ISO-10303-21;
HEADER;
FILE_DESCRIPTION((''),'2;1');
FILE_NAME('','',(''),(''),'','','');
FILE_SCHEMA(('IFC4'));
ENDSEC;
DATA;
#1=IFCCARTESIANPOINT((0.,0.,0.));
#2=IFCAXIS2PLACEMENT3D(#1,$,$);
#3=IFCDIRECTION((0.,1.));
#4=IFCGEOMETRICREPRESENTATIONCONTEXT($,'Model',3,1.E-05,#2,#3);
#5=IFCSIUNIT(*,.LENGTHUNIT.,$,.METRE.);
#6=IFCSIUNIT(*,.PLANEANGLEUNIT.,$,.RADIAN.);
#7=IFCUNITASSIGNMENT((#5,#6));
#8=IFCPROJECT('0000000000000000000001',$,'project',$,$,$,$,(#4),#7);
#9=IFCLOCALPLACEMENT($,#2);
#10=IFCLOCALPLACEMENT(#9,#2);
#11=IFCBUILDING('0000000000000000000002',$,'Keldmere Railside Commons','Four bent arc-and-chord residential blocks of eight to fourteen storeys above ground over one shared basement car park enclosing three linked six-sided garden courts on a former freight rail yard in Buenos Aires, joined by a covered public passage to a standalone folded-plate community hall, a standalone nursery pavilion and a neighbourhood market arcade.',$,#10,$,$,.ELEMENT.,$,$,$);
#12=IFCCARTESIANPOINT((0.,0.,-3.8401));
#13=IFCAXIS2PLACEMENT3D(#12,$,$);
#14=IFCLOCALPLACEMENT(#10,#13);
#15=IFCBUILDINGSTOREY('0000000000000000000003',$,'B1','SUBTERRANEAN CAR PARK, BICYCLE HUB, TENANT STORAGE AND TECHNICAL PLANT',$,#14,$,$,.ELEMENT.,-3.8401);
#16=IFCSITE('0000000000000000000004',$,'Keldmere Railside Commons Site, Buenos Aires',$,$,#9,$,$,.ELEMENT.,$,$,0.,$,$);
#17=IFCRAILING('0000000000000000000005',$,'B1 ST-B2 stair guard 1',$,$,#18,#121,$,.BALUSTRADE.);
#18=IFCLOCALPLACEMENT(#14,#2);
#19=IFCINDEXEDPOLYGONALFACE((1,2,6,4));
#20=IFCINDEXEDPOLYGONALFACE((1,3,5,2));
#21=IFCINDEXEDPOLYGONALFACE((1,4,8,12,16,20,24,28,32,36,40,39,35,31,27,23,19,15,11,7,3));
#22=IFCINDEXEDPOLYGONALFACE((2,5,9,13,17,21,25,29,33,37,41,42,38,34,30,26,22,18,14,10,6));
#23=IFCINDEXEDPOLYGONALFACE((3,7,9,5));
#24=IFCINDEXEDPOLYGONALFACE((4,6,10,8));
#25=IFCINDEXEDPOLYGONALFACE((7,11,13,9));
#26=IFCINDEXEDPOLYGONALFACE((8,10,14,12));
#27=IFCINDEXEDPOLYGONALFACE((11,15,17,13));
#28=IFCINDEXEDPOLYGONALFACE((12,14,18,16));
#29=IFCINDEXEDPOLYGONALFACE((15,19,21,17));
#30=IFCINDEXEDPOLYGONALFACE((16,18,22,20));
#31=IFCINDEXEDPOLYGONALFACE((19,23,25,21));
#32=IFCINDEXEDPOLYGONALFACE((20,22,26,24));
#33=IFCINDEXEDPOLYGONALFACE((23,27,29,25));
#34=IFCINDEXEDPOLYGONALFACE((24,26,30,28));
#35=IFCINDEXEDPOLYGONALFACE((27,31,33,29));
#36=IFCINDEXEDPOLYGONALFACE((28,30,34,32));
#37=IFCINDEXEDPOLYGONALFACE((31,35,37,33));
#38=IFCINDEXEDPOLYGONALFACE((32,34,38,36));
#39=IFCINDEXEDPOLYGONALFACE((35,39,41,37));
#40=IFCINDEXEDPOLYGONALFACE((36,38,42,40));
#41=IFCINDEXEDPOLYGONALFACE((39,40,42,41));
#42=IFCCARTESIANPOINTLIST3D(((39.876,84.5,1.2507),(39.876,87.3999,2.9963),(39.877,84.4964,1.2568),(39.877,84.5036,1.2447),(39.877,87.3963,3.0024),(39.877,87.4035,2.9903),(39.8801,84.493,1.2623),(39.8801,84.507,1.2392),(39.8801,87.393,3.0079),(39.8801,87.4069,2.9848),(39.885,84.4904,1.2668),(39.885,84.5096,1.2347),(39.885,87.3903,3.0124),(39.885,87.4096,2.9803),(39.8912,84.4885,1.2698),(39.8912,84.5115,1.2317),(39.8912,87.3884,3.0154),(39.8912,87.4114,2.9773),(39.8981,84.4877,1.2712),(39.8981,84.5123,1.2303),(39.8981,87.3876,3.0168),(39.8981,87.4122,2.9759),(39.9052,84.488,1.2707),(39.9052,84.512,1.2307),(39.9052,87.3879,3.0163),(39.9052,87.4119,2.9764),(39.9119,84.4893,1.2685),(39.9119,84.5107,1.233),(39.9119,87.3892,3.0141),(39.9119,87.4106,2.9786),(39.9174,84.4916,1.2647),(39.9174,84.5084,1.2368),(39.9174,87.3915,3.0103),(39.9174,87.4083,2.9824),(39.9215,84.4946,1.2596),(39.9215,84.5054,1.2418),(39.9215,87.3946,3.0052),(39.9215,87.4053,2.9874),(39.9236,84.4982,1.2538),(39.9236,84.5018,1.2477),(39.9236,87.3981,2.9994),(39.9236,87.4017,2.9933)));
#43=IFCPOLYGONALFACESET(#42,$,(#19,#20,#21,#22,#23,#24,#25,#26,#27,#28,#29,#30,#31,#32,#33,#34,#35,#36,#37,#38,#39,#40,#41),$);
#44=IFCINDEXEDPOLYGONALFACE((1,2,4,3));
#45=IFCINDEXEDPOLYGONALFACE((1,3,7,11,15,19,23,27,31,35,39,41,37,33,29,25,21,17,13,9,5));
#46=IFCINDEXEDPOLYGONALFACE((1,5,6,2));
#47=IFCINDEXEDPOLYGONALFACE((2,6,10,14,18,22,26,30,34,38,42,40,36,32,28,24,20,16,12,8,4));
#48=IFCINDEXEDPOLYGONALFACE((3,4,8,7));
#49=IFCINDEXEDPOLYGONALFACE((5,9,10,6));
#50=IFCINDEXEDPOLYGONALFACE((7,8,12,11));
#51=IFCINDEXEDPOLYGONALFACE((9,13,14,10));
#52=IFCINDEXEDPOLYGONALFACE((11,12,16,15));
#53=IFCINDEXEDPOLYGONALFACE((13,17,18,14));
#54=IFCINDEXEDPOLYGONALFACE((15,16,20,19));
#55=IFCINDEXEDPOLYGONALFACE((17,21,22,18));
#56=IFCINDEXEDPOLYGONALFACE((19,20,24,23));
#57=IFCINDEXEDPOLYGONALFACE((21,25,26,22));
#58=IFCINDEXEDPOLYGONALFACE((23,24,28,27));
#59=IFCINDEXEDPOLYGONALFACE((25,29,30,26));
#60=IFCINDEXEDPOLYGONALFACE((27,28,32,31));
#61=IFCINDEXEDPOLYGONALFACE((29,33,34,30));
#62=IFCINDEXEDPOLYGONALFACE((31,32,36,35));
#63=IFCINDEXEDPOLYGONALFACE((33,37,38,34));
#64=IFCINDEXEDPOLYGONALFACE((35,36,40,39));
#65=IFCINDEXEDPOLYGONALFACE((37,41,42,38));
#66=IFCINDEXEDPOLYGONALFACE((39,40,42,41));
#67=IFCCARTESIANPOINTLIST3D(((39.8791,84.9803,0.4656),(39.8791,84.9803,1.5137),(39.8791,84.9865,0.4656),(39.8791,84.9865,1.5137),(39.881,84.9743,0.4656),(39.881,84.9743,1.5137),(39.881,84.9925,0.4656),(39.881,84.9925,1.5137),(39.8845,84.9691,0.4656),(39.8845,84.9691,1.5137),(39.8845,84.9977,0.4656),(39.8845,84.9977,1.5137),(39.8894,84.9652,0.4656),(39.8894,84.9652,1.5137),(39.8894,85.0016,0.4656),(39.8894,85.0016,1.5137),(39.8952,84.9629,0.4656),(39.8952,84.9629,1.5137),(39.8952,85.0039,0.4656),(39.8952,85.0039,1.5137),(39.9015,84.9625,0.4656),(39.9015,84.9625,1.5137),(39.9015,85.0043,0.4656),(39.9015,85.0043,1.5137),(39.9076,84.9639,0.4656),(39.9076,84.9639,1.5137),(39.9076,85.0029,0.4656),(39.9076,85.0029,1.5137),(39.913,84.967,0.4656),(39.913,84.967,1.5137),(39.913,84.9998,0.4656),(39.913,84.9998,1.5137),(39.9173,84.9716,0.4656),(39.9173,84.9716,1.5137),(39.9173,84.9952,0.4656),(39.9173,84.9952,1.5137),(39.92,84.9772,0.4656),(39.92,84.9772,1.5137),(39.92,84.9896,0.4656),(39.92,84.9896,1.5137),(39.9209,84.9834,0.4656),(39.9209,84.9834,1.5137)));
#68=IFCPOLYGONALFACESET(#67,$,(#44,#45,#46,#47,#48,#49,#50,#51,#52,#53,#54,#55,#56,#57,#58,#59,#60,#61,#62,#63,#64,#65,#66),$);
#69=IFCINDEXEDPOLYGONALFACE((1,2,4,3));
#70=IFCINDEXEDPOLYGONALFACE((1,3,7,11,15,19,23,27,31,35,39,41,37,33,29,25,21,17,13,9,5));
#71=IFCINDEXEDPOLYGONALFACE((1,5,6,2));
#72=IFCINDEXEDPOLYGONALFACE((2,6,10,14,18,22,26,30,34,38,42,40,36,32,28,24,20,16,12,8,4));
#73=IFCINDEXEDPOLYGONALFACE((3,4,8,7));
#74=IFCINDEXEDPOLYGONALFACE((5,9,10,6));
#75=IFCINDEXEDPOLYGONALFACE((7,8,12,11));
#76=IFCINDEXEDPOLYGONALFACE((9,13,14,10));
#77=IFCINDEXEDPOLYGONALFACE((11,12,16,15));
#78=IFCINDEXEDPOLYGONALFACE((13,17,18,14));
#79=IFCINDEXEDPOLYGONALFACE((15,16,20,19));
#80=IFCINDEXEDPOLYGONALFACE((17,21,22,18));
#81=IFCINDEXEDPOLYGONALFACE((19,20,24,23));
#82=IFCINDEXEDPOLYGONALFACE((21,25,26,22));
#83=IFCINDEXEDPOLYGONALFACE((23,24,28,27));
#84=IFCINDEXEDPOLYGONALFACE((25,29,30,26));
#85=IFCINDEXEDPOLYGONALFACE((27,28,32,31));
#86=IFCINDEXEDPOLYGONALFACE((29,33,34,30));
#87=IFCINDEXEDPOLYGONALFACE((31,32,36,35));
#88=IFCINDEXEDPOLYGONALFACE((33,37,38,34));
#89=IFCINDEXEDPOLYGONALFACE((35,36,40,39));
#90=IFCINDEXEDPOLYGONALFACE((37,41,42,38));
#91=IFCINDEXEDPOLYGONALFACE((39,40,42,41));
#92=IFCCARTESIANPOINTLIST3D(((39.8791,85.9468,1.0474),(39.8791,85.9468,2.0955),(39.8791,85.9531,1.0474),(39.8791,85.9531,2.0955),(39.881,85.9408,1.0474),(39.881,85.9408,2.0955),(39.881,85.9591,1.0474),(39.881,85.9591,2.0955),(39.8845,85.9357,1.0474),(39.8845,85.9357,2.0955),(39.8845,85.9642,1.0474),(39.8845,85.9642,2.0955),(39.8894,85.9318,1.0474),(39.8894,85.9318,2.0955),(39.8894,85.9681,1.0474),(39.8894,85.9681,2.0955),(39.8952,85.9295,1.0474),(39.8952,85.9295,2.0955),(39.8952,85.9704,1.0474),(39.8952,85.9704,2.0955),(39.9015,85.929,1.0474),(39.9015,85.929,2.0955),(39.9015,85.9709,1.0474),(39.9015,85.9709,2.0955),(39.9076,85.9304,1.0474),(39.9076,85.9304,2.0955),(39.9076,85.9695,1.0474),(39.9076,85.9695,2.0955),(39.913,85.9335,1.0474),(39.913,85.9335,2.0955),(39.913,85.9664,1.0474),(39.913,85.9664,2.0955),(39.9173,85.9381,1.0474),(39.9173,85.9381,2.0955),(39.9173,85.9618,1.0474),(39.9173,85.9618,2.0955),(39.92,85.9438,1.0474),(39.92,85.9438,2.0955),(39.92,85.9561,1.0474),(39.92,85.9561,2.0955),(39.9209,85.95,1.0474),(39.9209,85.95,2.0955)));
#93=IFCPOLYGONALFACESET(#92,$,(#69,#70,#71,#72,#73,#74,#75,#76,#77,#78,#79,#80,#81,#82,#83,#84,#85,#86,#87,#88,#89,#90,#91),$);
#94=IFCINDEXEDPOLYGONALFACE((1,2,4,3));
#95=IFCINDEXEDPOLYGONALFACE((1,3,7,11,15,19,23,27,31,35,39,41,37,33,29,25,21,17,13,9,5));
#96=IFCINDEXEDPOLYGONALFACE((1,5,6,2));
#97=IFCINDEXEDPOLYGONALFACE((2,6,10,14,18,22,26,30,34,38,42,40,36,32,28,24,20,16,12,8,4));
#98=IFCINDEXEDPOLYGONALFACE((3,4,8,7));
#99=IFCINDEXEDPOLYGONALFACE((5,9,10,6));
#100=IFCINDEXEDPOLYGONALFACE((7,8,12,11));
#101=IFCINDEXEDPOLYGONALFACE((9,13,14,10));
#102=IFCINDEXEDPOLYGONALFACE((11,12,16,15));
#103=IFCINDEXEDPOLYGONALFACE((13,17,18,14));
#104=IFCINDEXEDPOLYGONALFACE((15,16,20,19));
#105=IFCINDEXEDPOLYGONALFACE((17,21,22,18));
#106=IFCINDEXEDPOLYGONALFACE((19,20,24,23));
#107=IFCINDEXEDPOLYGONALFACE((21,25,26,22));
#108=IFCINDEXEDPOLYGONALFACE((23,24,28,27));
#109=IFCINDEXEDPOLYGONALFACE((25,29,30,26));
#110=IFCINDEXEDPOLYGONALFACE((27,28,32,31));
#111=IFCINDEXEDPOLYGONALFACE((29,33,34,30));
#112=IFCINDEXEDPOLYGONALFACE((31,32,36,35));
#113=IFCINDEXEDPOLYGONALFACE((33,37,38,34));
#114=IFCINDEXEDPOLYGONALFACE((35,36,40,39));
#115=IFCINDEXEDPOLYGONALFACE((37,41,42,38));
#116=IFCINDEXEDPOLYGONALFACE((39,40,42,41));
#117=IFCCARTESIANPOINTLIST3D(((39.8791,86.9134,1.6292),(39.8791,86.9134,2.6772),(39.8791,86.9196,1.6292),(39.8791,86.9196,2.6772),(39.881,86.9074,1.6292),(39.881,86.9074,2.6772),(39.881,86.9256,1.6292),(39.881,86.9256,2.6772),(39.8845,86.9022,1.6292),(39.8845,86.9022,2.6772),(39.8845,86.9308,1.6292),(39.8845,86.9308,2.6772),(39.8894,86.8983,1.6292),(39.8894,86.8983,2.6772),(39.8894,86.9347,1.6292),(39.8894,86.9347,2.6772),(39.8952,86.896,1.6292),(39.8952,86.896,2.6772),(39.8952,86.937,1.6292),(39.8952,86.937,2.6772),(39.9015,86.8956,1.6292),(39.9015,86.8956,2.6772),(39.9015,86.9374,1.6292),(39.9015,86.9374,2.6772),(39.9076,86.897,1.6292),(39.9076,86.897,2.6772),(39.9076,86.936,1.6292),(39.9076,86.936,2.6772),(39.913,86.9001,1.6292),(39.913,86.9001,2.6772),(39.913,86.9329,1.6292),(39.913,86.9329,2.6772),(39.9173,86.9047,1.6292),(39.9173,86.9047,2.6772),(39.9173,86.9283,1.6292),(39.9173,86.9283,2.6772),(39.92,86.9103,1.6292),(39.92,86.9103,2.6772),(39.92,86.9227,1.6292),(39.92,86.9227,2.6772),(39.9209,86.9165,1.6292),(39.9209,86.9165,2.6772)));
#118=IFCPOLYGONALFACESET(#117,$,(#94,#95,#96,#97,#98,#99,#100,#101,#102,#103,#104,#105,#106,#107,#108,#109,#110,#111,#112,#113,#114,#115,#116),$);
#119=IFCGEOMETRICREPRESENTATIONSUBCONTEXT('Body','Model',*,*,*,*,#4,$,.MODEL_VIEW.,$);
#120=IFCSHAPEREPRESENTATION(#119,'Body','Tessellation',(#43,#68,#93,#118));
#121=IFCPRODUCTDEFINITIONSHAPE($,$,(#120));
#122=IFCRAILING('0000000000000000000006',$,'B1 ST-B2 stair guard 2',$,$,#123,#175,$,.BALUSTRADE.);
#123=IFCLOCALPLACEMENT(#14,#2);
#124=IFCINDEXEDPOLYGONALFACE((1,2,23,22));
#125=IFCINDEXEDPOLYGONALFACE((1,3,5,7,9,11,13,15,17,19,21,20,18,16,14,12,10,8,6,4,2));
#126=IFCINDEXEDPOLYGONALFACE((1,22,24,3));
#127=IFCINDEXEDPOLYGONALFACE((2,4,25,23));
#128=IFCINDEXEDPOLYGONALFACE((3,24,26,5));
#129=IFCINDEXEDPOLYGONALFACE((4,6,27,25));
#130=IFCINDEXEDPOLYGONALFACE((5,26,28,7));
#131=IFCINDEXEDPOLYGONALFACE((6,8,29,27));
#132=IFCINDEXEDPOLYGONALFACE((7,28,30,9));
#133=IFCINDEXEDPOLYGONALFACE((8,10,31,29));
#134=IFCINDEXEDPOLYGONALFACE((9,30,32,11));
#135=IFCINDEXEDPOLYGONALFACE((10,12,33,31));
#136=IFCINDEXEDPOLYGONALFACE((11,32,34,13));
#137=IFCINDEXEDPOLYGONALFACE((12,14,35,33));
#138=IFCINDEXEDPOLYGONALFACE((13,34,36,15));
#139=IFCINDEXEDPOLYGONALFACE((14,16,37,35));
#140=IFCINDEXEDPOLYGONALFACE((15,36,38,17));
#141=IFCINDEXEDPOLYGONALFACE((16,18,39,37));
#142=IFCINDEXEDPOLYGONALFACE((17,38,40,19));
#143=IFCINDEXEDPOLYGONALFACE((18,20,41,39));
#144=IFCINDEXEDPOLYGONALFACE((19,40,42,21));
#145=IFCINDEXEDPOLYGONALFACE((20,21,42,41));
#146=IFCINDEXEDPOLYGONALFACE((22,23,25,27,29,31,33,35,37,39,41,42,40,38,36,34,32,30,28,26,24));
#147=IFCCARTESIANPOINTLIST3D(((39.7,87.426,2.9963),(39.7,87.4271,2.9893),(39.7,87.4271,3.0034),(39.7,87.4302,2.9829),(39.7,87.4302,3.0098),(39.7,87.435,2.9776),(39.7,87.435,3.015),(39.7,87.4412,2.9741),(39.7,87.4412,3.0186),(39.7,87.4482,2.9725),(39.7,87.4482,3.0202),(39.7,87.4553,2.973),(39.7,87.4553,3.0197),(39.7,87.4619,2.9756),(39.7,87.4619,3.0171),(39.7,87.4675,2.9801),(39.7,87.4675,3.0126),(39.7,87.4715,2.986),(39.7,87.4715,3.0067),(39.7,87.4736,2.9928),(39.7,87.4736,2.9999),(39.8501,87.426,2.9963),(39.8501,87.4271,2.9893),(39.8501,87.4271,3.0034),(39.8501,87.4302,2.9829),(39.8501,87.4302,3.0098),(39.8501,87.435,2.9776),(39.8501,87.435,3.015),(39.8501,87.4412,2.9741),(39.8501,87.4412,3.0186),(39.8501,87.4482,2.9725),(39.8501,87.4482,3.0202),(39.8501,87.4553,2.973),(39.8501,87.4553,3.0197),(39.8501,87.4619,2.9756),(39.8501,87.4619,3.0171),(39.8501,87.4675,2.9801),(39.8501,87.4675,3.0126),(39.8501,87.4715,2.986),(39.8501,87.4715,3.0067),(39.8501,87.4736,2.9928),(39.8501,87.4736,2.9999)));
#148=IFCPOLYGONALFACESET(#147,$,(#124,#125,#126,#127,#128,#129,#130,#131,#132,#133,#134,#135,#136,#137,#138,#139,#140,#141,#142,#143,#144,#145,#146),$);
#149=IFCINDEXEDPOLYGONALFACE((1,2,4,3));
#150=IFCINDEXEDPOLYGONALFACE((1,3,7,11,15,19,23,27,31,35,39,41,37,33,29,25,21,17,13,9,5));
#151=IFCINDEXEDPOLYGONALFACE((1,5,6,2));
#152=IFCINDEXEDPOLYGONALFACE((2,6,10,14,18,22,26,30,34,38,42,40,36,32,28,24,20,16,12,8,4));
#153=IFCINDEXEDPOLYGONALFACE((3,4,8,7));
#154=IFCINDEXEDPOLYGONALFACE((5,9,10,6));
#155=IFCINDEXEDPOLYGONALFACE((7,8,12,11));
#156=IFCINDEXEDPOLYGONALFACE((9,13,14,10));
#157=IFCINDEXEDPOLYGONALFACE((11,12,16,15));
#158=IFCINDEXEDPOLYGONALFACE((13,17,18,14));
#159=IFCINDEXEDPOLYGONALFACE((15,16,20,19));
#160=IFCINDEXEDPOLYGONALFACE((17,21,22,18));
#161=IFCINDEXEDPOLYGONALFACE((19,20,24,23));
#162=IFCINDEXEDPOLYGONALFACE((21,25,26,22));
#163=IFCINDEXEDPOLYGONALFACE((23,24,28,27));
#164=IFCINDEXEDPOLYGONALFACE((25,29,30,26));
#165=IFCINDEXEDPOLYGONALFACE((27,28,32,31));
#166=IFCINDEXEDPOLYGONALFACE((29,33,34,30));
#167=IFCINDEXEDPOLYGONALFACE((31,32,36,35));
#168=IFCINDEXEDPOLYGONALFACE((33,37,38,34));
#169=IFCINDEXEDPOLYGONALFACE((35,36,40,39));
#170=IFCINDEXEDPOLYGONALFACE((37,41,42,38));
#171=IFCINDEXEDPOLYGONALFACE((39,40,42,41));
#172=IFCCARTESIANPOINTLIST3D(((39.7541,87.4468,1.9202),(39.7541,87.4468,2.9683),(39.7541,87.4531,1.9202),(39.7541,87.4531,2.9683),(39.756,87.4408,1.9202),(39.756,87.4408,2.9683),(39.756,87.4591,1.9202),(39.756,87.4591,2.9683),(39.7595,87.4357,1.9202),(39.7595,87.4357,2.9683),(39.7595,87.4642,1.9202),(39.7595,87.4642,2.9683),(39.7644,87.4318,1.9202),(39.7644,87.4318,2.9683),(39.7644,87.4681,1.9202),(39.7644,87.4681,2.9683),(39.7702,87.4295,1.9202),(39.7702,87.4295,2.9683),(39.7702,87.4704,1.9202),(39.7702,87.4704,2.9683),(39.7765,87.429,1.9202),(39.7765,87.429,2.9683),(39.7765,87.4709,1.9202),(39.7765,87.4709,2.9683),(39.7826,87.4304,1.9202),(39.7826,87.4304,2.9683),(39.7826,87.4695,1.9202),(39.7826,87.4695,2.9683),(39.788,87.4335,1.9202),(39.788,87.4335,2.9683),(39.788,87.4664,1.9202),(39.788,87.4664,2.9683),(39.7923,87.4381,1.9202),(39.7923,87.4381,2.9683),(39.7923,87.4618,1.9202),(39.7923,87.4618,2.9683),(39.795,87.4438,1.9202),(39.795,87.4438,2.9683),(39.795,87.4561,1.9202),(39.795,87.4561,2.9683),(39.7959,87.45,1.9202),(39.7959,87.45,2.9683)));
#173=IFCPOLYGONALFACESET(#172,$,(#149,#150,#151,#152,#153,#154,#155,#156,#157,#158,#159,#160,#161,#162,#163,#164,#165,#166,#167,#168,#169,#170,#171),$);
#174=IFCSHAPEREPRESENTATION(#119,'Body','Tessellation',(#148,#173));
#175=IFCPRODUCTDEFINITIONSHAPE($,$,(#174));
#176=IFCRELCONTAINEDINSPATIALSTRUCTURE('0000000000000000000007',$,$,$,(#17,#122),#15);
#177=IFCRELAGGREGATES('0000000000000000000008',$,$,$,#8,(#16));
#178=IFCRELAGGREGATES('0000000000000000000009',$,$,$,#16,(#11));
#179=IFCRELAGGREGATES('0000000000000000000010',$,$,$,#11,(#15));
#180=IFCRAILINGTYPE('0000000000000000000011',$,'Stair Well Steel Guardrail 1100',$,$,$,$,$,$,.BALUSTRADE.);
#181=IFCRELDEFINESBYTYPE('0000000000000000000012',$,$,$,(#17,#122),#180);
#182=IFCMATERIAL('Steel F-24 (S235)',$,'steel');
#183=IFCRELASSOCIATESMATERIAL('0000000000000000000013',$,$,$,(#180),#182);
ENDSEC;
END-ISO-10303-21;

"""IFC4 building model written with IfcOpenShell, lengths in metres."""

from ifc_helpers import new_model, si_unit, direction, frame, origin, origin_2d, place, context, subcontext, project, spatial, circle, extrude, material, type_object, element, save


model = new_model("IFC4")

# Units and contexts
model_context = context("Model", 3, precision=1e-05, world=origin(), true_north=direction((0.0, 1.0)))
body_context = subcontext(model_context, "Body", "Model", "MODEL_VIEW")
ifc_project = project(units=[si_unit("LENGTHUNIT", "METRE"), si_unit("PLANEANGLEUNIT", "RADIAN")], contexts=[model_context])

# Site, building, storey
site_placement = place(None, origin())
site = spatial("IfcSite", under=ifc_project, at=site_placement, Name="Keldmere Railside Commons Site, Buenos Aires", CompositionType="ELEMENT", RefElevation=0.0)
building_placement = place(site_placement, origin())
building = spatial("IfcBuilding", under=site, at=building_placement, Name="Keldmere Railside Commons", Description="Four bent arc-and-chord residential blocks of eight to fourteen storeys above ground over one shared basement car park enclosing three linked six-sided garden courts on a former freight rail yard in Buenos Aires, joined by a covered public passage to a standalone folded-plate community hall, a standalone nursery pavilion and a neighbourhood market arcade.", CompositionType="ELEMENT")
storey_placement = place(building_placement, frame((0.0, 0.0, -3.8401)))
storey = spatial("IfcBuildingStorey", under=building, at=storey_placement, Name="B1", Description="SUBTERRANEAN CAR PARK, BICYCLE HUB, TENANT STORAGE AND TECHNICAL PLANT", CompositionType="ELEMENT", Elevation=-3.8401)

# Railings
ifc_material_1 = material(Name="Steel F-24 (S235)", Category="steel")
railing_type_1 = type_object("IfcRailingType", Name="Stair Well Steel Guardrail 1100", PredefinedType="BALUSTRADE", material=ifc_material_1)
railing_1_placement = place(storey_placement, frame((39.8999, 84.5, 0.1746)))
element("IfcRailing", 1, at=railing_1_placement, inside=storey, type_object=railing_type_1, Name="B1 ST-B2 stair guard 1", PredefinedType="BALUSTRADE", context=body_context, shape_type="SweptSolid", body=[
    extrude(circle(Radius=0.0239, at=origin_2d()), frame((0.0, 0.0, 1.0762), z_axis=(0.0, 0.856754, 0.515726), x_axis=(-1.0, 0.0, 0.0)), (0.0, 0.0, 1.0), 3.3848),
    extrude(circle(Radius=0.021, at=origin_2d()), frame((0.0, 0.4834, 0.291)), (0.0, 0.0, 1.0), 1.0481),
    extrude(circle(Radius=0.021, at=origin_2d()), frame((0.0, 1.45, 0.8728)), (0.0, 0.0, 1.0), 1.0481),
    extrude(circle(Radius=0.021, at=origin_2d()), frame((0.0, 2.4165, 1.4546)), (0.0, 0.0, 1.0), 1.0481),
])
railing_2_placement = place(storey_placement, frame((39.8501, 87.45, 1.9202)))
element("IfcRailing", 2, at=railing_2_placement, inside=storey, type_object=railing_type_1, Name="B1 ST-B2 stair guard 2", PredefinedType="BALUSTRADE", context=body_context, shape_type="SweptSolid", body=[
    extrude(circle(Radius=0.0239, at=origin_2d()), frame((0.0, 0.0, 1.0762), z_axis=(-1.0, 0.0, 0.0), x_axis=(0.0, -1.0, 0.0)), (0.0, 0.0, 1.0), 0.1501),
    extrude(circle(Radius=0.021, at=origin_2d()), frame((-0.0752, 0.0, 0.0)), (0.0, 0.0, 1.0), 1.0481),
])

save(model, "model.ifc")
